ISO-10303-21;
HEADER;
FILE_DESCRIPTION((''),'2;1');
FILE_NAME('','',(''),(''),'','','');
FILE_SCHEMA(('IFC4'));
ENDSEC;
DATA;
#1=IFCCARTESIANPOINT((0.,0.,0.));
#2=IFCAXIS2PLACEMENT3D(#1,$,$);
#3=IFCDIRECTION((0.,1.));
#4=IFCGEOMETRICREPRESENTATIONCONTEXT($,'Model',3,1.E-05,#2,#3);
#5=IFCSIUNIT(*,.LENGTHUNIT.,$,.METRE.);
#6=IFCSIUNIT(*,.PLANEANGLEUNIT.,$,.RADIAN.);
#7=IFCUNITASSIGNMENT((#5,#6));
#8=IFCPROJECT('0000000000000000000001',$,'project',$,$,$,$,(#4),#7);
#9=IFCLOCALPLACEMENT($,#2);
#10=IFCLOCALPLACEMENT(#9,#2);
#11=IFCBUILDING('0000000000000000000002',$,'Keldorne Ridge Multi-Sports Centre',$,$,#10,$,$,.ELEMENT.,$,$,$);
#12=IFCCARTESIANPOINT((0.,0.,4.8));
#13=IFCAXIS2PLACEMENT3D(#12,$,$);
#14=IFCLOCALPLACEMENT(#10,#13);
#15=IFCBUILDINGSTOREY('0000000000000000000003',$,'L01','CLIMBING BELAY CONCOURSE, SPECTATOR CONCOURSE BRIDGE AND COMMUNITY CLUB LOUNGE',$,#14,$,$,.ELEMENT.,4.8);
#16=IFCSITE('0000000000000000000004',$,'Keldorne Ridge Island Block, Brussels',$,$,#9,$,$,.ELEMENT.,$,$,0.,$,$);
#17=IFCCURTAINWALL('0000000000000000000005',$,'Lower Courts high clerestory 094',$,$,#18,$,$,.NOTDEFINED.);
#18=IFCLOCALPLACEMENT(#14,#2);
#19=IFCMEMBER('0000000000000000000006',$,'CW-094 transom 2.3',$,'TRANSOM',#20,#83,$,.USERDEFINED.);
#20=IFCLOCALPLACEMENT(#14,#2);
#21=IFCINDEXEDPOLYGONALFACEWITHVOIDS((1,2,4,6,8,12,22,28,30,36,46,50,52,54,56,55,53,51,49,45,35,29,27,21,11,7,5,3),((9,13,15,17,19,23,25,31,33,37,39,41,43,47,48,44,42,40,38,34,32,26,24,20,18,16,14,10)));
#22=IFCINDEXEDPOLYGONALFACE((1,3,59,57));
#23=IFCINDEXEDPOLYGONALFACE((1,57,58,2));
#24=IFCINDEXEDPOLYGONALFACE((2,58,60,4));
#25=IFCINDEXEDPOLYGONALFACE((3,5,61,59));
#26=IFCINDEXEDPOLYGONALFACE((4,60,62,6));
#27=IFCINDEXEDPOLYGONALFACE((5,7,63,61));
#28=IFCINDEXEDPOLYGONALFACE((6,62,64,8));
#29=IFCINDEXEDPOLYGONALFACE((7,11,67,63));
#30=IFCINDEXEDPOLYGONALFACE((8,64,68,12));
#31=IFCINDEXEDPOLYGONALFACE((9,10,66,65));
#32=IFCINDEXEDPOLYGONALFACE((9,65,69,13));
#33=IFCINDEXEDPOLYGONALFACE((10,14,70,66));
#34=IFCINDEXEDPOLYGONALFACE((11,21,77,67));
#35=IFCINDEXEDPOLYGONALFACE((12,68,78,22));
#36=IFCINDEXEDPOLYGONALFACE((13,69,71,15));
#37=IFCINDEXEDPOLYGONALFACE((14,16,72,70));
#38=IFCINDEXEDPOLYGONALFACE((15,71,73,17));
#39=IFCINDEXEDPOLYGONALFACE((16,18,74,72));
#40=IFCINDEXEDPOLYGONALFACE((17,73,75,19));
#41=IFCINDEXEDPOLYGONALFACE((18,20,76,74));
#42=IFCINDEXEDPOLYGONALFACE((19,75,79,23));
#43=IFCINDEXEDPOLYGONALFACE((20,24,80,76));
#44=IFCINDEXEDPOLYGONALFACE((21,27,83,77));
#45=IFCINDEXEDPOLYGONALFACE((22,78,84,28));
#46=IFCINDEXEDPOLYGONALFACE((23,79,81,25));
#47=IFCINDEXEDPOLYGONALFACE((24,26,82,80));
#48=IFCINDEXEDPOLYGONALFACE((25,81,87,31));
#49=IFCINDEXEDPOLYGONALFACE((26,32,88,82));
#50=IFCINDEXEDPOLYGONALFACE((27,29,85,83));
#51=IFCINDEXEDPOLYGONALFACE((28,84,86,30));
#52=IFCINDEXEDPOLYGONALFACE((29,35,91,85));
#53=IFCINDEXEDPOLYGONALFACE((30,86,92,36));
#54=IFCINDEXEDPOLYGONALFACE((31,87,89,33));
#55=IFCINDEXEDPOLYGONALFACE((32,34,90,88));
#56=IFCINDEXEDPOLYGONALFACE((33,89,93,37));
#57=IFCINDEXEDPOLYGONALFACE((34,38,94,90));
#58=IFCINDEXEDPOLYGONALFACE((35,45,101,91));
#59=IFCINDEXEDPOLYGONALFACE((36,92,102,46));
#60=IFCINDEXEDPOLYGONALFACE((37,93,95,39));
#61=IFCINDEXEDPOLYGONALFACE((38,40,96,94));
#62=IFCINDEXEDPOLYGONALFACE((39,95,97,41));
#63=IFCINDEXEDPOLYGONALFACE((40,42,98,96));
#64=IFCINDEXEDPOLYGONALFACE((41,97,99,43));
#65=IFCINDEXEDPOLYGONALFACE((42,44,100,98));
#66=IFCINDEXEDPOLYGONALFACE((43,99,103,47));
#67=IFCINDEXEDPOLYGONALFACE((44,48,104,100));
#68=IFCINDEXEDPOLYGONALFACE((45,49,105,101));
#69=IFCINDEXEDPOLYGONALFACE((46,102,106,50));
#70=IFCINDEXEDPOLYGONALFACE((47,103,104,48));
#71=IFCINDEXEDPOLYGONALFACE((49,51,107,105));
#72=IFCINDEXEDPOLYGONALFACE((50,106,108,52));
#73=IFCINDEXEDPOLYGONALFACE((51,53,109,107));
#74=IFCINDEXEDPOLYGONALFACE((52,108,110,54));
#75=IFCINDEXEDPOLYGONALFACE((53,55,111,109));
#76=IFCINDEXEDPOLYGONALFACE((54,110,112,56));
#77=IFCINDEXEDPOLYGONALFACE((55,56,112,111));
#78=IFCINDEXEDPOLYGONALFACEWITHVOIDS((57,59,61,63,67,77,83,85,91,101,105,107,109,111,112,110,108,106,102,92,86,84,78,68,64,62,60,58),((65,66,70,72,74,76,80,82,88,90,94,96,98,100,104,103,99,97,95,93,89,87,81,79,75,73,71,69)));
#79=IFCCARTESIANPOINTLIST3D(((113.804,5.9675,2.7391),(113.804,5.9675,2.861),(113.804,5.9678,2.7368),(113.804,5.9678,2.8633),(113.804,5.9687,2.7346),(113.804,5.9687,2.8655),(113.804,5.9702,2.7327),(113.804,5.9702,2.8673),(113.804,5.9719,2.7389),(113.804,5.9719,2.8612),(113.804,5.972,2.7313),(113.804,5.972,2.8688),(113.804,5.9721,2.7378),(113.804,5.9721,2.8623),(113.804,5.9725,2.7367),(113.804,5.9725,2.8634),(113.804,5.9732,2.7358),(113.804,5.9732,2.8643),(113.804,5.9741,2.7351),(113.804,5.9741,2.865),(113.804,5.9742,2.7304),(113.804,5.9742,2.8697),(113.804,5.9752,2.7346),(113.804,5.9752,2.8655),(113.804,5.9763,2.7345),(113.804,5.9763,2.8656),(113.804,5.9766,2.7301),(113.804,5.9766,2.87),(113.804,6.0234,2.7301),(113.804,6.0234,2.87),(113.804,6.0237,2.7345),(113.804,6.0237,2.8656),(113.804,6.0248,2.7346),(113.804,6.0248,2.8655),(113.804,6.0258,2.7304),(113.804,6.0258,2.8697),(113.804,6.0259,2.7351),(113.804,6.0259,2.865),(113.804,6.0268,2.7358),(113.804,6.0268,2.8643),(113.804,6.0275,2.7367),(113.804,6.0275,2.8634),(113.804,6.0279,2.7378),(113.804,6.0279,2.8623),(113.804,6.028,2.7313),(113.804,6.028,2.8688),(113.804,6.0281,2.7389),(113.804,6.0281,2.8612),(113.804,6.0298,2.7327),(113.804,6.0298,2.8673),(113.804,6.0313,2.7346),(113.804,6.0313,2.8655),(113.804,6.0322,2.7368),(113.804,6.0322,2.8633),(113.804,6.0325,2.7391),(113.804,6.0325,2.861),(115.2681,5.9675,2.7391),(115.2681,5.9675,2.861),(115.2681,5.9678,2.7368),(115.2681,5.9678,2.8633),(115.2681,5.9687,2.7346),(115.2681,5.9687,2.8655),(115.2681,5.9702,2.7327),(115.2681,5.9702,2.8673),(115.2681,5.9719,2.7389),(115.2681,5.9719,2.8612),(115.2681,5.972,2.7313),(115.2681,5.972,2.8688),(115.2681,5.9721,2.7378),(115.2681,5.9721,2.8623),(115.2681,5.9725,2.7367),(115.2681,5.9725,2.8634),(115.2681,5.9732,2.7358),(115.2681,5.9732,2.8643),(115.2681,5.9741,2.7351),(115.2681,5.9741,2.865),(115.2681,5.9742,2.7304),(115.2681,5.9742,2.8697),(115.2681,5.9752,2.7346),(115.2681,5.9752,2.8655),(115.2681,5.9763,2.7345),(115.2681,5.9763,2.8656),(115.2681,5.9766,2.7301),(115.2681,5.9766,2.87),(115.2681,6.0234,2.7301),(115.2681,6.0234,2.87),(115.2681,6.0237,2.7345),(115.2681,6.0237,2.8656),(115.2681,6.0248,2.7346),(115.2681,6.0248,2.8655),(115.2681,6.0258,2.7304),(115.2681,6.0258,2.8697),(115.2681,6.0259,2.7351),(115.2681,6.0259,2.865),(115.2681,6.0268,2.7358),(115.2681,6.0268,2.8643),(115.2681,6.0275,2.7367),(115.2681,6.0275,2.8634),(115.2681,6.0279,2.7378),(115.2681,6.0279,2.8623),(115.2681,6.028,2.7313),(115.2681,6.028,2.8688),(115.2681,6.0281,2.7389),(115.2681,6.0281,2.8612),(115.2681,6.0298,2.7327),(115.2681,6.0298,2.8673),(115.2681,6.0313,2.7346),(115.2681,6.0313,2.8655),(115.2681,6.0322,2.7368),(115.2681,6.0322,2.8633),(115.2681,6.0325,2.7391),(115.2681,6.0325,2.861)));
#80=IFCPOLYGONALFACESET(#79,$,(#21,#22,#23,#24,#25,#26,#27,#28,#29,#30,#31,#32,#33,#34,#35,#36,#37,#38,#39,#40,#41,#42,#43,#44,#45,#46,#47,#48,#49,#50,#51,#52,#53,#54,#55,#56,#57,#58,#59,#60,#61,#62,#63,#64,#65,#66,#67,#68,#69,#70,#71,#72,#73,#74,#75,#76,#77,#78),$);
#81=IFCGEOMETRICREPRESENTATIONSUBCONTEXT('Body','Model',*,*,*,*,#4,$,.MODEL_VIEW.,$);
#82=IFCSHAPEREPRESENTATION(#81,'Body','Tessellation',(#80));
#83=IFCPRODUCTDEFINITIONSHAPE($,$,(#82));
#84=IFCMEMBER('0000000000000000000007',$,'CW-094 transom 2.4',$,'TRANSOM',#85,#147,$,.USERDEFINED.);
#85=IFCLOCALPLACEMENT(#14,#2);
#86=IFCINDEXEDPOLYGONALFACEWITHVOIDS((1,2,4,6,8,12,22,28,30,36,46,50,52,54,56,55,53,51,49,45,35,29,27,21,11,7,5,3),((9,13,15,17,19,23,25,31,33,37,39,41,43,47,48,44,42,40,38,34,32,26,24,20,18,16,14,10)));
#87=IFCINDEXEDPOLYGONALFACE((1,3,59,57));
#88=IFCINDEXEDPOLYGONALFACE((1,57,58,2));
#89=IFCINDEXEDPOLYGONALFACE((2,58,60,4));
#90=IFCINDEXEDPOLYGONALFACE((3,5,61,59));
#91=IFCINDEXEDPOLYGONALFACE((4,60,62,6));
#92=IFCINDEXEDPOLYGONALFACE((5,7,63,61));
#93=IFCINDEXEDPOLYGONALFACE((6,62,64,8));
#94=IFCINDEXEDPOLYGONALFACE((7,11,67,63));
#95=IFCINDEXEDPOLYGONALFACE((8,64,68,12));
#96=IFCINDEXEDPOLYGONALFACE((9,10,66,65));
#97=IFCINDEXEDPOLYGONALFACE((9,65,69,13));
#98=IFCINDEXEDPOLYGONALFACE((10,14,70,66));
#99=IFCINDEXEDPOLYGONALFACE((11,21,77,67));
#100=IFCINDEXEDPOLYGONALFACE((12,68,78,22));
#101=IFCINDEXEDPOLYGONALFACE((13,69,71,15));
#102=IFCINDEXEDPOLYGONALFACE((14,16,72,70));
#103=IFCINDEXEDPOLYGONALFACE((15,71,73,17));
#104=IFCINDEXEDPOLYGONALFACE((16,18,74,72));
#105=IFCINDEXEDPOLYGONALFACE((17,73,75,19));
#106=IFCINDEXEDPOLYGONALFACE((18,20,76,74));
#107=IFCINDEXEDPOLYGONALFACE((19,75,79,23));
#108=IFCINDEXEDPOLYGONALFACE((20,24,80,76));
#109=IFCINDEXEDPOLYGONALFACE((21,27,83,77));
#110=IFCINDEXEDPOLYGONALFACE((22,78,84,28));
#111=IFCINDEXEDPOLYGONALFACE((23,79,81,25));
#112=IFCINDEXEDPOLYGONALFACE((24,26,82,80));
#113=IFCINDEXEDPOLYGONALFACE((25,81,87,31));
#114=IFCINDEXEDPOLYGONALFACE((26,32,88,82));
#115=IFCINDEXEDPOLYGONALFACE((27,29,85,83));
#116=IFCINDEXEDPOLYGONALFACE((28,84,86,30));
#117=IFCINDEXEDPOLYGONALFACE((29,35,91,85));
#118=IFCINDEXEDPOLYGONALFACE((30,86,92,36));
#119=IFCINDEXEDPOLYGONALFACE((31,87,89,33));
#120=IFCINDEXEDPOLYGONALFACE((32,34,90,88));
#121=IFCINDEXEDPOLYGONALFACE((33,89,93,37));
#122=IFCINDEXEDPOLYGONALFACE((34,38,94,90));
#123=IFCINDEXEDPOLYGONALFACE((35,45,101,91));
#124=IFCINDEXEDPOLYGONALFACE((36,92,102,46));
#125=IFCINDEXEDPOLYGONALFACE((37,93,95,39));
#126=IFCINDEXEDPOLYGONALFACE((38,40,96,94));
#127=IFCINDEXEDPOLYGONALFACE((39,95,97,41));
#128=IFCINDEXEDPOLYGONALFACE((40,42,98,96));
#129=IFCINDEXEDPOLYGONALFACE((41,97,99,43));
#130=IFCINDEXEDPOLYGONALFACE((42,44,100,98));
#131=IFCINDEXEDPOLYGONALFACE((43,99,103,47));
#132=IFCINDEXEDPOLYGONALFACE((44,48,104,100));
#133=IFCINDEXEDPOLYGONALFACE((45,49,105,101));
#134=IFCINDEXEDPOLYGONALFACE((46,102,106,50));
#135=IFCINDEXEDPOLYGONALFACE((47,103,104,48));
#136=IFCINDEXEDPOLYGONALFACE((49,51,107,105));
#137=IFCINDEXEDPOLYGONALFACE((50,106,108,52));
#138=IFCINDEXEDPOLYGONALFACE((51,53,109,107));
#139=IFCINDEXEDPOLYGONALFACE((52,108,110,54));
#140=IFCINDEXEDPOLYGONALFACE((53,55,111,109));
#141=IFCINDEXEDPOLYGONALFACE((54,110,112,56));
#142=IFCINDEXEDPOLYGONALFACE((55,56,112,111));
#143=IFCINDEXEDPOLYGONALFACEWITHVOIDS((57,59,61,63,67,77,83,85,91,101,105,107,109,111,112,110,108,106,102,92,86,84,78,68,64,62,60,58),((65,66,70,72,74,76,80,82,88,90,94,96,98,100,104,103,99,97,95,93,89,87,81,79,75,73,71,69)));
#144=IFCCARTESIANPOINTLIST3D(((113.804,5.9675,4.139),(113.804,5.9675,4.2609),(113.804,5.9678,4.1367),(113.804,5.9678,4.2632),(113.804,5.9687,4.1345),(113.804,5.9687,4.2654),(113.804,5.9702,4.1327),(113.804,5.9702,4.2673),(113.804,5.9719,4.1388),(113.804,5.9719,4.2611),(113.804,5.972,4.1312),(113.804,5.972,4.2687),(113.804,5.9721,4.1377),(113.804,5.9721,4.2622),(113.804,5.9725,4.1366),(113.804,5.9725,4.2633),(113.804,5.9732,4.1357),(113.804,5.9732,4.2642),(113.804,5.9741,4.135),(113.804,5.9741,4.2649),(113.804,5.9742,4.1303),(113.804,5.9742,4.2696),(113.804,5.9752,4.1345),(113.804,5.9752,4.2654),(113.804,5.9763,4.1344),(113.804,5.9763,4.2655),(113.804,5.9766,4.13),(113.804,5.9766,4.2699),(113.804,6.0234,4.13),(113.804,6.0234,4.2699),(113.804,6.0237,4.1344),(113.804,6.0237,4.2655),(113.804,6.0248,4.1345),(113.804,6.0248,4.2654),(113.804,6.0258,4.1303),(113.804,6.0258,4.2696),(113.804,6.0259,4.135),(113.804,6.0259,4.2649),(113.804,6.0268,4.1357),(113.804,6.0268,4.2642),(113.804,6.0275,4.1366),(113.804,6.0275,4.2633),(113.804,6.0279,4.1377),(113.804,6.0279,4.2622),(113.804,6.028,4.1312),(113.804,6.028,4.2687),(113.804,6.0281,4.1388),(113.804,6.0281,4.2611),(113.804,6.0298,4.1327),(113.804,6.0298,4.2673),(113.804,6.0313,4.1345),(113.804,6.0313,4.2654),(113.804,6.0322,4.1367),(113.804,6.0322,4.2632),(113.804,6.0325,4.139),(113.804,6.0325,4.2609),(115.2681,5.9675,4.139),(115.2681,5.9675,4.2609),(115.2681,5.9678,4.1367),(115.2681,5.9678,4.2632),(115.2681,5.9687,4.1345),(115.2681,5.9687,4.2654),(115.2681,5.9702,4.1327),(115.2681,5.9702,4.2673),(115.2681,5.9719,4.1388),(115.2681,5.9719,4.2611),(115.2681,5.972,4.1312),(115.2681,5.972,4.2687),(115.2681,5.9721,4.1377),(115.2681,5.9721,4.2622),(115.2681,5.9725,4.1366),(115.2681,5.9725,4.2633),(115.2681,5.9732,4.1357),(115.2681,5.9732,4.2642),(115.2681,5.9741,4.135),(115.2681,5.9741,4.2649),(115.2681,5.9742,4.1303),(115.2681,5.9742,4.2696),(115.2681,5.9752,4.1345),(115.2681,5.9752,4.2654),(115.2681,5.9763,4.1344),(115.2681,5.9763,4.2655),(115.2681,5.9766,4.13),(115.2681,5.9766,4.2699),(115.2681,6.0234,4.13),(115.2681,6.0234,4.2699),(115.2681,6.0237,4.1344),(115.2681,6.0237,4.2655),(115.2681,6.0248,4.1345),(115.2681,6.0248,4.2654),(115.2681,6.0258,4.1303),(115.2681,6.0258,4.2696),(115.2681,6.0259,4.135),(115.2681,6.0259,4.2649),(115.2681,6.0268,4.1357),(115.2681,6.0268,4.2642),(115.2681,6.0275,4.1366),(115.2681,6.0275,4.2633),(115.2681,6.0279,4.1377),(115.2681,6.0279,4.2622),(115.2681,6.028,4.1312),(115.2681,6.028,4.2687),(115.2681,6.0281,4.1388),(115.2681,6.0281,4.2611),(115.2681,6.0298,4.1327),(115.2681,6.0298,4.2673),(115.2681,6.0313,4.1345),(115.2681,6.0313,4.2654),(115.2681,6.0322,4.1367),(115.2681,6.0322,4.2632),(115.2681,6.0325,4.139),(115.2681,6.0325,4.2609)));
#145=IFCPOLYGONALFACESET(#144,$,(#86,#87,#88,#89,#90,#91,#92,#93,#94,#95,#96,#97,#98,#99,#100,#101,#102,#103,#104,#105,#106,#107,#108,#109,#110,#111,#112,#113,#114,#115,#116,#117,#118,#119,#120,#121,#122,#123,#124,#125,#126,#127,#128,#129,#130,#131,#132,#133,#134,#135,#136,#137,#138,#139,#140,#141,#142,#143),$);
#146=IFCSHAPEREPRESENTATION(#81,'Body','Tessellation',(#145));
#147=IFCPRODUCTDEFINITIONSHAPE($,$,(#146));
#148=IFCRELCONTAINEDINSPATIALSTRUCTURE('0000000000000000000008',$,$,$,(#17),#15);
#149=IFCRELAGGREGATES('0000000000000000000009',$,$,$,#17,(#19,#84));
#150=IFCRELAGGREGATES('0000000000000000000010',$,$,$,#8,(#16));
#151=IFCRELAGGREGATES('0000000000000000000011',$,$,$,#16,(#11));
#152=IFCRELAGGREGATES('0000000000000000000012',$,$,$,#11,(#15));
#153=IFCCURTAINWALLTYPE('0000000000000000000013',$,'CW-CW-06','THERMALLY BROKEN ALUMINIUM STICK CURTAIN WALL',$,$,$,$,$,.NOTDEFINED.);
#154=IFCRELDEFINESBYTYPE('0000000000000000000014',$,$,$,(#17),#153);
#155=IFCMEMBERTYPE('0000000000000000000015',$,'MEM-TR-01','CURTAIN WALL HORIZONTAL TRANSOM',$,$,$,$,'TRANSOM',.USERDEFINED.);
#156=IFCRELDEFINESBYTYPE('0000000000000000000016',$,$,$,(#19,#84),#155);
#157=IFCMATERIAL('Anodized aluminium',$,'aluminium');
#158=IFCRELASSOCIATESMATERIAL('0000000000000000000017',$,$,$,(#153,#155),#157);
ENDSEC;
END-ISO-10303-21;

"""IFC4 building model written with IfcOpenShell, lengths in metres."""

from ifc_helpers import new_model, si_unit, direction, frame, origin, origin_2d, place, context, subcontext, project, spatial, hollow_rectangle, extrude, material, material_profile, profile_set, type_object, element, aggregate, save


model = new_model("IFC4")

# Units and contexts
model_context = context("Model", 3, precision=1e-05, world=origin(), true_north=direction((0.0, 1.0)))
body_context = subcontext(model_context, "Body", "Model", "MODEL_VIEW")
ifc_project = project(units=[si_unit("LENGTHUNIT", "METRE"), si_unit("PLANEANGLEUNIT", "RADIAN")], contexts=[model_context])

# Site, building, storey
site_placement = place(None, origin())
site = spatial("IfcSite", under=ifc_project, at=site_placement, Name="Keldorne Ridge Island Block, Brussels", CompositionType="ELEMENT", RefElevation=0.0)
building_placement = place(site_placement, origin())
building = spatial("IfcBuilding", under=site, at=building_placement, Name="Keldorne Ridge Multi-Sports Centre", CompositionType="ELEMENT")
storey_placement = place(building_placement, frame((0.0, 0.0, 4.8)))
storey = spatial("IfcBuildingStorey", under=building, at=storey_placement, Name="L01", Description="CLIMBING BELAY CONCOURSE, SPECTATOR CONCOURSE BRIDGE AND COMMUNITY CLUB LOUNGE", CompositionType="ELEMENT", Elevation=4.8)

# Curtain wall, members
ifc_material_1 = material(Name="Anodized aluminium", Category="aluminium")
curtain_wall_type = type_object("IfcCurtainWallType", Name="CW-CW-06", Description="THERMALLY BROKEN ALUMINIUM STICK CURTAIN WALL", PredefinedType="NOTDEFINED", material=ifc_material_1)
curtain_wall_placement = place(storey_placement, origin())
curtain_wall = element("IfcCurtainWall", 1, at=curtain_wall_placement, inside=storey, type_object=curtain_wall_type, Name="Lower Courts high clerestory 094", PredefinedType="NOTDEFINED")
ifc_material_profile_1 = material_profile(ifc_material_1, hollow_rectangle(XDim=0.0649, YDim=0.1399, WallThickness=0.0044, InnerFilletRadius=0.0044, OuterFilletRadius=0.009, at=origin_2d()), Name="ALU TRANSOM 140x65x4.5")
ifc_profile_set_1 = profile_set([ifc_material_profile_1], Name="Anodized aluminium")
member_type_1 = type_object("IfcMemberType", Name="MEM-TR-01", Description="CURTAIN WALL HORIZONTAL TRANSOM", ElementType="TRANSOM", PredefinedType="USERDEFINED", material=ifc_profile_set_1)
member_1_placement = place(storey_placement, frame((113.804, 6.0, 2.8), z_axis=(1.0, 0.0, 0.0), x_axis=(0.0, 1.0, 0.0)))
member_1 = element("IfcMember", 2, at=member_1_placement, type_object=member_type_1, Name="CW-094 transom 2.3", ObjectType="TRANSOM", PredefinedType="USERDEFINED", context=body_context, shape_type="SweptSolid", body=[
    extrude(hollow_rectangle(XDim=0.0649, YDim=0.1399, WallThickness=0.0044, InnerFilletRadius=0.0044, OuterFilletRadius=0.009, at=origin_2d()), origin(), (0.0, 0.0, 1.0), 1.4641),
])
member_2_placement = place(storey_placement, frame((113.804, 6.0, 4.2), z_axis=(1.0, 0.0, 0.0), x_axis=(0.0, 1.0, 0.0)))
member_2 = element("IfcMember", 3, at=member_2_placement, type_object=member_type_1, Name="CW-094 transom 2.4", ObjectType="TRANSOM", PredefinedType="USERDEFINED", context=body_context, shape_type="SweptSolid", body=[
    extrude(hollow_rectangle(XDim=0.0649, YDim=0.1399, WallThickness=0.0044, InnerFilletRadius=0.0044, OuterFilletRadius=0.009, at=origin_2d()), origin(), (0.0, 0.0, 1.0), 1.4641),
])

aggregate(curtain_wall, [member_1, member_2])

save(model, "model.ifc")
